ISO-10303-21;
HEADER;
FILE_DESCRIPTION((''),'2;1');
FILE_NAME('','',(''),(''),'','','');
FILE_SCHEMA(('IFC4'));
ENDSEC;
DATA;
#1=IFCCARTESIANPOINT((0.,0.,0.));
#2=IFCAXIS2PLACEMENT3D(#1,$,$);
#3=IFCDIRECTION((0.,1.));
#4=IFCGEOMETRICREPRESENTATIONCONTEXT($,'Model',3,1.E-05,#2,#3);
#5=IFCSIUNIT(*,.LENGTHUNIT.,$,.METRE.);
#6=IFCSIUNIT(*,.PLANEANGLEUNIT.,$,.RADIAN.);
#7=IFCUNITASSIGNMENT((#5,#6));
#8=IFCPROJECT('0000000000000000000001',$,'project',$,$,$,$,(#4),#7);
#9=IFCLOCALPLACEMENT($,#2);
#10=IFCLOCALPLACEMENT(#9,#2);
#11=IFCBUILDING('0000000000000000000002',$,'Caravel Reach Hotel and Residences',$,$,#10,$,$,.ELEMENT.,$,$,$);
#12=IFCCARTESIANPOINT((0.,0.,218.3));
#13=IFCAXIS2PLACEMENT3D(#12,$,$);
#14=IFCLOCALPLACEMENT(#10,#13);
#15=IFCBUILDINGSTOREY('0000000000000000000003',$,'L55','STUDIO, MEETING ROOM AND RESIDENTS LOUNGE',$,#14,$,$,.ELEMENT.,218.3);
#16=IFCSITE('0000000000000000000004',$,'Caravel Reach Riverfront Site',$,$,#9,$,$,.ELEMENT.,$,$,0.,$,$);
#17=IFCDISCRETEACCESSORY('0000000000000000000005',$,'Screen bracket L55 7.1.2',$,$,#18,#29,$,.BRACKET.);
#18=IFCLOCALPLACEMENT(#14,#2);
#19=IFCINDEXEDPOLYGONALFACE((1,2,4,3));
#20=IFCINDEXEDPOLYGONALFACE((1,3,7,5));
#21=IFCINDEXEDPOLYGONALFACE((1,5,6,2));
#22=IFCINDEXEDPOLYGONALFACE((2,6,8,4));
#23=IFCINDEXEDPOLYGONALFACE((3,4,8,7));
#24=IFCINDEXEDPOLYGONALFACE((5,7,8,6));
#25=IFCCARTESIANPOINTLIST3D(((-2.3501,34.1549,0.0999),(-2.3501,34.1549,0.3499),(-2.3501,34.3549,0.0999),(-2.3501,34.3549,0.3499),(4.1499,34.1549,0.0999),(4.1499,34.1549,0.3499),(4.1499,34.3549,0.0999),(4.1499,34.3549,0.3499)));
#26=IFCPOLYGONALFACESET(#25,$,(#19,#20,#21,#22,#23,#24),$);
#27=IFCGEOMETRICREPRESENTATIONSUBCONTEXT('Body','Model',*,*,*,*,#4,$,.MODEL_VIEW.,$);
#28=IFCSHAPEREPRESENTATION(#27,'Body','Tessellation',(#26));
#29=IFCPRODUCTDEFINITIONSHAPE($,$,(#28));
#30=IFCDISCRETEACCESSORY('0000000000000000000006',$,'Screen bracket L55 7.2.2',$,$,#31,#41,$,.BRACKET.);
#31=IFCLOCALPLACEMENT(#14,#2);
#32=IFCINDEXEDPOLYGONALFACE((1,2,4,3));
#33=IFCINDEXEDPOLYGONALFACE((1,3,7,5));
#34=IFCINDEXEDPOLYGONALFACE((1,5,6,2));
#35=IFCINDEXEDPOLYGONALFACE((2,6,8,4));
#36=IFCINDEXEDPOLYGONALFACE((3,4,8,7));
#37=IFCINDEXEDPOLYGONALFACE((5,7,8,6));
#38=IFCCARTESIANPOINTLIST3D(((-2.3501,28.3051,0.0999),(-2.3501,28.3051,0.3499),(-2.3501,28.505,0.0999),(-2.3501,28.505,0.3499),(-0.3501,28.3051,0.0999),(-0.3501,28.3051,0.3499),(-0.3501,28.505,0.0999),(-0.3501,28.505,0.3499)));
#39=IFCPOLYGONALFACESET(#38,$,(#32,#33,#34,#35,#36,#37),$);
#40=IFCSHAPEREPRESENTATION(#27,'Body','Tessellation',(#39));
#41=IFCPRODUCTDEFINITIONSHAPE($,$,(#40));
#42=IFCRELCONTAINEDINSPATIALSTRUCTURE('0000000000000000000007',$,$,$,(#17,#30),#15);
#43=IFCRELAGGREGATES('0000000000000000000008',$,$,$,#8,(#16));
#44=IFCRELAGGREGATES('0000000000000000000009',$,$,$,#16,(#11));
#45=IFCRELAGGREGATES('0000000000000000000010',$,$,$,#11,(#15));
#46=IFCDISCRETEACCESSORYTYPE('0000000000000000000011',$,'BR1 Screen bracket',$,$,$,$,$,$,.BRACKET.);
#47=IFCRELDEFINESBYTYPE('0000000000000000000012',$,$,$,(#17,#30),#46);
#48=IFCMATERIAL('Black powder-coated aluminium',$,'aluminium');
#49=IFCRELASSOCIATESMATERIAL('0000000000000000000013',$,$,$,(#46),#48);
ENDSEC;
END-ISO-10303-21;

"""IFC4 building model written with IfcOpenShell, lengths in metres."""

from ifc_helpers import new_model, si_unit, direction, frame, origin, origin_2d, place, context, subcontext, project, spatial, rectangle, extrude, material, type_object, element, save


model = new_model("IFC4")

# Units and contexts
model_context = context("Model", 3, precision=1e-05, world=origin(), true_north=direction((0.0, 1.0)))
body_context = subcontext(model_context, "Body", "Model", "MODEL_VIEW")
ifc_project = project(units=[si_unit("LENGTHUNIT", "METRE"), si_unit("PLANEANGLEUNIT", "RADIAN")], contexts=[model_context])

# Site, building, storey
site_placement = place(None, origin())
site = spatial("IfcSite", under=ifc_project, at=site_placement, Name="Caravel Reach Riverfront Site", CompositionType="ELEMENT", RefElevation=0.0)
building_placement = place(site_placement, origin())
building = spatial("IfcBuilding", under=site, at=building_placement, Name="Caravel Reach Hotel and Residences", CompositionType="ELEMENT")
storey_placement = place(building_placement, frame((0.0, 0.0, 218.3)))
storey = spatial("IfcBuildingStorey", under=building, at=storey_placement, Name="L55", Description="STUDIO, MEETING ROOM AND RESIDENTS LOUNGE", CompositionType="ELEMENT", Elevation=218.3)

# Discrete accessories
ifc_material_1 = material(Name="Black powder-coated aluminium", Category="aluminium")
discrete_accessory_type = type_object("IfcDiscreteAccessoryType", Name="BR1 Screen bracket", PredefinedType="BRACKET", material=ifc_material_1)
for number, where, z_axis, x_axis, name in (
    (1, (0.8999, 34.2549, 0.0999), (0.0, 0.0, 1.0), (-1.0, 0.0, 0.0), "Screen bracket L55 7.1.2"),
):
    element("IfcDiscreteAccessory", number, at=place(storey_placement, frame(where, z_axis=z_axis, x_axis=x_axis)), inside=storey, type_object=discrete_accessory_type, Name=name, PredefinedType="BRACKET", context=body_context, shape_type="SweptSolid", body=[
        extrude(rectangle(XDim=6.5, YDim=0.2, at=origin_2d()), origin(), (0.0, 0.0, 1.0), 0.25),
    ])
discrete_accessory_1_placement = place(storey_placement, frame((-1.3501, 28.405, 0.0999), z_axis=(0.0, 0.0, 1.0), x_axis=(-1.0, 0.0, 0.0)))
element("IfcDiscreteAccessory", 2, at=discrete_accessory_1_placement, inside=storey, type_object=discrete_accessory_type, Name="Screen bracket L55 7.2.2", PredefinedType="BRACKET", context=body_context, shape_type="SweptSolid", body=[
    extrude(rectangle(XDim=2.0, YDim=0.2, at=origin_2d()), origin(), (0.0, 0.0, 1.0), 0.25),
])

save(model, "model.ifc")
